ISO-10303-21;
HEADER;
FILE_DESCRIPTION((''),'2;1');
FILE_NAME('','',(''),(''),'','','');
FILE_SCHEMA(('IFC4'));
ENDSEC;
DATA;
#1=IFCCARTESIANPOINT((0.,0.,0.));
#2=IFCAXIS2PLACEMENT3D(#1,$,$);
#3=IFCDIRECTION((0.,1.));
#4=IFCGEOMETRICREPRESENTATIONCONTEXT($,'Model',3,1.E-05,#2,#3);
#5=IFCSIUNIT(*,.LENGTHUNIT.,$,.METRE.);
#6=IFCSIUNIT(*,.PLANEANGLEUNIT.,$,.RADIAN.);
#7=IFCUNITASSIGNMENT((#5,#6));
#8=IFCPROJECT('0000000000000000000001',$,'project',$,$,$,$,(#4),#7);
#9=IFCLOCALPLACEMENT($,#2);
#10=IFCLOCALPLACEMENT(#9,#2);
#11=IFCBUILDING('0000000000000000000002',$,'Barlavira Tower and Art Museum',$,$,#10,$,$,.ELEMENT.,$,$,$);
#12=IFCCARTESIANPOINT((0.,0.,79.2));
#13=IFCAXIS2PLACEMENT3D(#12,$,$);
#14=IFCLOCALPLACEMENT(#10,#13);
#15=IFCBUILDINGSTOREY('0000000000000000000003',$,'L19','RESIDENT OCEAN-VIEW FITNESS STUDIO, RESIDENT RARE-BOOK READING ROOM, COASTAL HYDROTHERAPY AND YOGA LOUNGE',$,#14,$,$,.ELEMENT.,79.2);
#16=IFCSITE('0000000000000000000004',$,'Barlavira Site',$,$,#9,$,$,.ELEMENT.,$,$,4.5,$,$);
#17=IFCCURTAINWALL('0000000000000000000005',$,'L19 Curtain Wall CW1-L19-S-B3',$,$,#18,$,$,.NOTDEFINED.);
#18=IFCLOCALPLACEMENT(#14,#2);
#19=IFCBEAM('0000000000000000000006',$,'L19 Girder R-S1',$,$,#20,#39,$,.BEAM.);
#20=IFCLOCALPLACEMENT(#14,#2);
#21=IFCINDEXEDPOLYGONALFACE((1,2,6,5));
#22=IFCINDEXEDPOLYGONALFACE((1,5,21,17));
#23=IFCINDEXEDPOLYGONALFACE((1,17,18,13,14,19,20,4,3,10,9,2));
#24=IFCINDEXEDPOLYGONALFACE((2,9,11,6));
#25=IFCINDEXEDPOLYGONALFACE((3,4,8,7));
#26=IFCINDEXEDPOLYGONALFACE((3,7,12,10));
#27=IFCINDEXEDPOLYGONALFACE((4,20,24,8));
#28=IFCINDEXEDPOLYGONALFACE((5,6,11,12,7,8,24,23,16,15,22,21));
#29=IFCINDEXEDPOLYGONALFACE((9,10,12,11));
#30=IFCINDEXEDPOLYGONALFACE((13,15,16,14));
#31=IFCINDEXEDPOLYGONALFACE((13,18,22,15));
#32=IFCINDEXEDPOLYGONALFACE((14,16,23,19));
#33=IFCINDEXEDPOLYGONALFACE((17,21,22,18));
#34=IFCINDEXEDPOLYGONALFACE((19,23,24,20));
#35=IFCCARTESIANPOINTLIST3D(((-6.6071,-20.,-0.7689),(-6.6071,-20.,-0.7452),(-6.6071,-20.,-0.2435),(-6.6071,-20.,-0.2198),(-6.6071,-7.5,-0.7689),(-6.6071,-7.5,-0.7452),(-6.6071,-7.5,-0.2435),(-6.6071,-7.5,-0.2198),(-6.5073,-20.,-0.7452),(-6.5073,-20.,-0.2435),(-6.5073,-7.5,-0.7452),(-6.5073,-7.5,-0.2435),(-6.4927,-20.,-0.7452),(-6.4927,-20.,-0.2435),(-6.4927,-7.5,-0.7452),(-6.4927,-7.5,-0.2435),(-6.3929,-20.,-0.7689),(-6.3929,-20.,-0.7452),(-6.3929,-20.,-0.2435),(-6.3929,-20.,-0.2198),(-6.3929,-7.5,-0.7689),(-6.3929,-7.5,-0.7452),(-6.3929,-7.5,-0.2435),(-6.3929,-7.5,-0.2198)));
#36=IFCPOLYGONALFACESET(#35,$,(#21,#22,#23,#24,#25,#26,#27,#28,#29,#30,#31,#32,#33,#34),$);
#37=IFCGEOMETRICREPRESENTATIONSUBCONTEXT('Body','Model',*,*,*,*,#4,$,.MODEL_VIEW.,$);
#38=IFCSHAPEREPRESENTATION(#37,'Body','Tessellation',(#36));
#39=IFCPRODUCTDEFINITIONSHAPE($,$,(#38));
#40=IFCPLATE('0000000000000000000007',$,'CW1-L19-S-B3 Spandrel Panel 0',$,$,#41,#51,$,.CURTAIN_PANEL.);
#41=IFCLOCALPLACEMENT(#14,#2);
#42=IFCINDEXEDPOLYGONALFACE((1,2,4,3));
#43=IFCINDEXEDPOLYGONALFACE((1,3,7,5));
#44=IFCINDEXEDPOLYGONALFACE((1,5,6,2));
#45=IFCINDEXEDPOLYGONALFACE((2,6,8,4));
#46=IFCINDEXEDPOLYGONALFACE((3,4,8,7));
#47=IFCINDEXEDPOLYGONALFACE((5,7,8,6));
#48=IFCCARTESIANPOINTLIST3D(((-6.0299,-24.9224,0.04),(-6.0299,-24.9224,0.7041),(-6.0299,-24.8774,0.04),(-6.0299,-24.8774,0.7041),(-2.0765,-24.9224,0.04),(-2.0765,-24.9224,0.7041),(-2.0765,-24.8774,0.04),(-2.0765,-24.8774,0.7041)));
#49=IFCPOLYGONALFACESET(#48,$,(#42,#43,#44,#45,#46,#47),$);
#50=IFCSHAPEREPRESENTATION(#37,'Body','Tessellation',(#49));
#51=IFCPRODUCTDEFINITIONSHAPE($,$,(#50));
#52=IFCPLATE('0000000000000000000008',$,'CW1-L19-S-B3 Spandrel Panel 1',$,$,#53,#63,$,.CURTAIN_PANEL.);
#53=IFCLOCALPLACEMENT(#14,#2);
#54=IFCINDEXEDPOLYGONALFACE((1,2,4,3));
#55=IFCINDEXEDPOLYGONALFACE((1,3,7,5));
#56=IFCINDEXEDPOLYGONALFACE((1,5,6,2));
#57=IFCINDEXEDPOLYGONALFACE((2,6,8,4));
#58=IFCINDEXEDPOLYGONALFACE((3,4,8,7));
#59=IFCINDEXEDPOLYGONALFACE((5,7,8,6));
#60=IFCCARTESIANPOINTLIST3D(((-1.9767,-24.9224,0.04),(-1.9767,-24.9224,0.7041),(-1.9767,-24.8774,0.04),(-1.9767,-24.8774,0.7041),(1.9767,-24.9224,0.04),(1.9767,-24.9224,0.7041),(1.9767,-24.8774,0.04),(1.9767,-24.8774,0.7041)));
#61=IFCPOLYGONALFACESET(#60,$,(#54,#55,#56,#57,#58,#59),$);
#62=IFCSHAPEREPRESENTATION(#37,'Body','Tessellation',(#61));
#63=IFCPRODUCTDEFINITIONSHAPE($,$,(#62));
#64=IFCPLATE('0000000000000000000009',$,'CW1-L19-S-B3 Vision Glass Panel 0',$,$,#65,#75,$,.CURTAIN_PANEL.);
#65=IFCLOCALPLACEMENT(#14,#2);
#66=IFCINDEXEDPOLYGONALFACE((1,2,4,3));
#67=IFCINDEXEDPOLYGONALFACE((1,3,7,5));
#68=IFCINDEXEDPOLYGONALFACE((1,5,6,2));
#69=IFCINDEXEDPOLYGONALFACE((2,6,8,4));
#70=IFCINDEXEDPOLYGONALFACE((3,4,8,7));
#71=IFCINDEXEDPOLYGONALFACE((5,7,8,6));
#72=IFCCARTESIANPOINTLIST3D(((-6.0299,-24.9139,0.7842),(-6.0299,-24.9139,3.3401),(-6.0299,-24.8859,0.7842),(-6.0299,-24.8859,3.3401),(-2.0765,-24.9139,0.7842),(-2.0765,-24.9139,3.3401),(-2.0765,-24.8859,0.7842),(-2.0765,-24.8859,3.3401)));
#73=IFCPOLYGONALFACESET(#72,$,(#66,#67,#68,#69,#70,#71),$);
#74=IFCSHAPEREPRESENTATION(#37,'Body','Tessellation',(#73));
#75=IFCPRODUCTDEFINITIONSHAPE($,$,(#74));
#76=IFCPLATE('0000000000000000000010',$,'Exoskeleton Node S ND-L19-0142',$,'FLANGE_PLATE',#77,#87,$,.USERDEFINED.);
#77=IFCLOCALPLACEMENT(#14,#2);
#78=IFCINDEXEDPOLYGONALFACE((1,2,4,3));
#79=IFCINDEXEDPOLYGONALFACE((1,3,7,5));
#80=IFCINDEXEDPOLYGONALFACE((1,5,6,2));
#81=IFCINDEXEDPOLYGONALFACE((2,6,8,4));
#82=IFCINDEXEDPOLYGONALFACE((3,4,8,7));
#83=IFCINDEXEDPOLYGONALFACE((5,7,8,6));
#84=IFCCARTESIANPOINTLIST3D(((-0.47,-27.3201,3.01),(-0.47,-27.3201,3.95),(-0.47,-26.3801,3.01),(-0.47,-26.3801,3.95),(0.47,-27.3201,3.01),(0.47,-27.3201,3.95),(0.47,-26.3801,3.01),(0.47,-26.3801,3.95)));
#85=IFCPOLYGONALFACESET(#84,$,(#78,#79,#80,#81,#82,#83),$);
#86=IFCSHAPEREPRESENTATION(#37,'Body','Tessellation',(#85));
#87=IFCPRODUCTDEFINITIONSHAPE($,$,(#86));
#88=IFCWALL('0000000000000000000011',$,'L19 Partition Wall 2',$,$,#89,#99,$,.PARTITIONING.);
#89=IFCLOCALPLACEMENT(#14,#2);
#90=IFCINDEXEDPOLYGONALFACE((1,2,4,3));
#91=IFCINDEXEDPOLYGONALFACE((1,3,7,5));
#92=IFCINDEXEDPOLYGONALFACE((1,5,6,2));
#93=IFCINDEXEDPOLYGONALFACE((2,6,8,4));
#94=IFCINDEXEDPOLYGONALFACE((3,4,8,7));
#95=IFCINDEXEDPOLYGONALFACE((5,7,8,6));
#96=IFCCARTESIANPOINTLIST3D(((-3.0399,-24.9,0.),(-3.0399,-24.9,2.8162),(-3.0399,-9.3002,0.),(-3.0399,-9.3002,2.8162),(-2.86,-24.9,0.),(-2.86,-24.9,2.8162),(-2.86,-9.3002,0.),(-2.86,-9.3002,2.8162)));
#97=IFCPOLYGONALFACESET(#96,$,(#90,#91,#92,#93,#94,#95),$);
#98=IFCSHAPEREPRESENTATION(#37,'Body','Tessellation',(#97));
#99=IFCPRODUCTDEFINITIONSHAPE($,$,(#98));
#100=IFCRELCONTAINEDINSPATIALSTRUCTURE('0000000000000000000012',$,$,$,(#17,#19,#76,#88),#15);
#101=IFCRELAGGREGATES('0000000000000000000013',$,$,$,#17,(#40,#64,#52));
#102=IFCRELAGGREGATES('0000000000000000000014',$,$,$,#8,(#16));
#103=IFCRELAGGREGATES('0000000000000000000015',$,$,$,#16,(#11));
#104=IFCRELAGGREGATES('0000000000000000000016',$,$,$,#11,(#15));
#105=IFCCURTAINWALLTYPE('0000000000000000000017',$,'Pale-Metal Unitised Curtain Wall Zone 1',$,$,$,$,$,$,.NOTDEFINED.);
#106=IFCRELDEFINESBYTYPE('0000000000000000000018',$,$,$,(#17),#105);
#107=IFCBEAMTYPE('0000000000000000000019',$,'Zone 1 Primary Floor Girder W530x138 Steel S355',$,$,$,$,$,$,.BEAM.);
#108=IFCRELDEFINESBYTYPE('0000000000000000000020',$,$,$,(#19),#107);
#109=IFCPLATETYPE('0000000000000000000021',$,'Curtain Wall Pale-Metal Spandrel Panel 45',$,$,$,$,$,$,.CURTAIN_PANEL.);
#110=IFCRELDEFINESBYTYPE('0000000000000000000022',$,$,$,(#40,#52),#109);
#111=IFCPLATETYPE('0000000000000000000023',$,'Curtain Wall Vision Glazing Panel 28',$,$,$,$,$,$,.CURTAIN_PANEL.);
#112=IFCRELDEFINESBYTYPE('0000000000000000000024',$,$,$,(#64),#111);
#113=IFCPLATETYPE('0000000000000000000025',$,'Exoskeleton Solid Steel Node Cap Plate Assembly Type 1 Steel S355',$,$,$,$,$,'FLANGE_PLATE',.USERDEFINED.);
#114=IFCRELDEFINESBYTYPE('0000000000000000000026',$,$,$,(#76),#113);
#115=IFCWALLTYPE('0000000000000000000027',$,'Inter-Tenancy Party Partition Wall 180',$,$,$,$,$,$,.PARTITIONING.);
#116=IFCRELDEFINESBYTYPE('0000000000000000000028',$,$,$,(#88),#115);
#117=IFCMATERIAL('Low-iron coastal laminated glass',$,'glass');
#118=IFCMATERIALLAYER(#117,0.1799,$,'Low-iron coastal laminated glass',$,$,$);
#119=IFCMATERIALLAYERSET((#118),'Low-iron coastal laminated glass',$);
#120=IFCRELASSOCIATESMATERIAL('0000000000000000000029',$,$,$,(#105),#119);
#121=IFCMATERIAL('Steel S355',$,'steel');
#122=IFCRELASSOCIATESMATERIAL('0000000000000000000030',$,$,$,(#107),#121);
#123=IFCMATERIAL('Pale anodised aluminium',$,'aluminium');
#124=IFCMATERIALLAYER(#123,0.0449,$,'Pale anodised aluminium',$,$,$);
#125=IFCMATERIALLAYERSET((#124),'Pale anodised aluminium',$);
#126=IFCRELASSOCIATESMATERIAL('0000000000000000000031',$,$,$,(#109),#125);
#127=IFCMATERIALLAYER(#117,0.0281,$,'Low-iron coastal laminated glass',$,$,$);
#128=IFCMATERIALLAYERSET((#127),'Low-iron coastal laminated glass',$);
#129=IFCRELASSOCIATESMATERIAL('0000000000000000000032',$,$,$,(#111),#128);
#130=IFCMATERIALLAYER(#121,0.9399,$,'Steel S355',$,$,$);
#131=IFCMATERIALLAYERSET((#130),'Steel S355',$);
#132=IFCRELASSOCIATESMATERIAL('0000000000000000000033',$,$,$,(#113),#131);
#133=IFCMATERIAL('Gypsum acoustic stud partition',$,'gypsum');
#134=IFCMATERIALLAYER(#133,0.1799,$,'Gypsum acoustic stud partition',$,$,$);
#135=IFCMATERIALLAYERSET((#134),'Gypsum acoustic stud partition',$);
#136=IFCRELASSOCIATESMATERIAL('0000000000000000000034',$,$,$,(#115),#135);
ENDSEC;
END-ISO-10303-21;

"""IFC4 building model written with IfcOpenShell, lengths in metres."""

from ifc_helpers import new_model, si_unit, direction, frame, frame_2d, origin, origin_2d, place, context, subcontext, project, spatial, rectangle, i_section, extrude, material, layer, layer_set, material_profile, profile_set, type_object, element, aggregate, save


model = new_model("IFC4")

# Units and contexts
model_context = context("Model", 3, precision=1e-05, world=origin(), true_north=direction((0.0, 1.0)))
body_context = subcontext(model_context, "Body", "Model", "MODEL_VIEW")
ifc_project = project(units=[si_unit("LENGTHUNIT", "METRE"), si_unit("PLANEANGLEUNIT", "RADIAN")], contexts=[model_context])

# Site, building, storey
site_placement = place(None, origin())
site = spatial("IfcSite", under=ifc_project, at=site_placement, Name="Barlavira Site", CompositionType="ELEMENT", RefElevation=4.5)
building_placement = place(site_placement, origin())
building = spatial("IfcBuilding", under=site, at=building_placement, Name="Barlavira Tower and Art Museum", CompositionType="ELEMENT")
storey_placement = place(building_placement, frame((0.0, 0.0, 79.2)))
storey = spatial("IfcBuildingStorey", under=building, at=storey_placement, Name="L19", Description="RESIDENT OCEAN-VIEW FITNESS STUDIO, RESIDENT RARE-BOOK READING ROOM, COASTAL HYDROTHERAPY AND YOGA LOUNGE", CompositionType="ELEMENT", Elevation=79.2)

# Curtain wall
ifc_material_1 = material(Name="Low-iron coastal laminated glass", Category="glass")
ifc_layer_1 = layer(ifc_material_1, 0.1799, Name="Low-iron coastal laminated glass")
ifc_layer_set_1 = layer_set([ifc_layer_1], Name="Low-iron coastal laminated glass")
curtain_wall_type = type_object("IfcCurtainWallType", Name="Pale-Metal Unitised Curtain Wall Zone 1", PredefinedType="NOTDEFINED", material=ifc_layer_set_1)
curtain_wall_placement = place(storey_placement, origin())
curtain_wall = element("IfcCurtainWall", 1, at=curtain_wall_placement, inside=storey, type_object=curtain_wall_type, Name="L19 Curtain Wall CW1-L19-S-B3", PredefinedType="NOTDEFINED")
ifc_material_2 = material(Name="Pale anodised aluminium", Category="aluminium")

# Shared definitions
ifc_material_3 = material(Name="Steel S355", Category="steel")

# Beam
ifc_material_profile_1 = material_profile(ifc_material_3, i_section(OverallWidth=0.2141, OverallDepth=0.5491, WebThickness=0.0146, FlangeThickness=0.0237, at=origin_2d()), Name="W530x138.0")
ifc_profile_set_1 = profile_set([ifc_material_profile_1], Name="Steel S355")
beam_type_1 = type_object("IfcBeamType", Name="Zone 1 Primary Floor Girder W530x138 Steel S355", PredefinedType="BEAM", material=ifc_profile_set_1)
beam_1_placement = place(storey_placement, frame((-6.5, -20.0, -0.4944), z_axis=(0.0, 1.0, 0.0), x_axis=(-1.0, 0.0, 0.0)))
element("IfcBeam", 2, at=beam_1_placement, inside=storey, type_object=beam_type_1, Name="L19 Girder R-S1", PredefinedType="BEAM", context=body_context, shape_type="SweptSolid", body=[
    extrude(i_section(OverallWidth=0.2141, OverallDepth=0.5491, WebThickness=0.0146, FlangeThickness=0.0237, at=origin_2d()), origin(), (0.0, 0.0, 1.0), 12.5),
])

# Plates
ifc_layer_2 = layer(ifc_material_2, 0.0449, Name="Pale anodised aluminium")
ifc_layer_set_2 = layer_set([ifc_layer_2], Name="Pale anodised aluminium")
plate_type_1 = type_object("IfcPlateType", Name="Curtain Wall Pale-Metal Spandrel Panel 45", PredefinedType="CURTAIN_PANEL", material=ifc_layer_set_2)
plate_1_placement = place(storey_placement, frame((-4.0532, -24.8999, 0.04), z_axis=(0.0, 0.0, 1.0), x_axis=(1.0, 0.0, 0.0)))
plate_1 = element("IfcPlate", 3, at=plate_1_placement, type_object=plate_type_1, Name="CW1-L19-S-B3 Spandrel Panel 0", PredefinedType="CURTAIN_PANEL", context=body_context, shape_type="SweptSolid", body=[
    extrude(rectangle(XDim=3.9534, YDim=0.0449, at=origin_2d()), origin(), (0.0, 0.0, 1.0), 0.6641),
])
plate_2_placement = place(storey_placement, frame((0.0, -24.8999, 0.04), z_axis=(0.0, 0.0, 1.0), x_axis=(1.0, 0.0, 0.0)))
plate_2 = element("IfcPlate", 4, at=plate_2_placement, type_object=plate_type_1, Name="CW1-L19-S-B3 Spandrel Panel 1", PredefinedType="CURTAIN_PANEL", context=body_context, shape_type="SweptSolid", body=[
    extrude(rectangle(XDim=3.9534, YDim=0.0449, at=origin_2d()), origin(), (0.0, 0.0, 1.0), 0.6641),
])
ifc_layer_3 = layer(ifc_material_1, 0.0281, Name="Low-iron coastal laminated glass")
ifc_layer_set_3 = layer_set([ifc_layer_3], Name="Low-iron coastal laminated glass")
plate_type_2 = type_object("IfcPlateType", Name="Curtain Wall Vision Glazing Panel 28", PredefinedType="CURTAIN_PANEL", material=ifc_layer_set_3)
plate_3_placement = place(storey_placement, frame((-4.0532, -24.8999, 0.7842), z_axis=(0.0, 0.0, 1.0), x_axis=(1.0, 0.0, 0.0)))
plate_3 = element("IfcPlate", 5, at=plate_3_placement, type_object=plate_type_2, Name="CW1-L19-S-B3 Vision Glass Panel 0", PredefinedType="CURTAIN_PANEL", context=body_context, shape_type="SweptSolid", body=[
    extrude(rectangle(XDim=3.9534, YDim=0.0281, at=origin_2d()), origin(), (0.0, 0.0, 1.0), 2.5559),
])
aggregate(curtain_wall, [plate_1, plate_3, plate_2])
ifc_layer_4 = layer(ifc_material_3, 0.9399, Name="Steel S355")
ifc_layer_set_4 = layer_set([ifc_layer_4], Name="Steel S355")
plate_type_3 = type_object("IfcPlateType", Name="Exoskeleton Solid Steel Node Cap Plate Assembly Type 1 Steel S355", ElementType="FLANGE_PLATE", PredefinedType="USERDEFINED", material=ifc_layer_set_4)
plate_4_placement = place(storey_placement, frame((0.0, -26.8501, 3.01), z_axis=(0.0, 0.0, 1.0), x_axis=(1.0, 0.0, 0.0)))
element("IfcPlate", 6, at=plate_4_placement, inside=storey, type_object=plate_type_3, Name="Exoskeleton Node S ND-L19-0142", ObjectType="FLANGE_PLATE", PredefinedType="USERDEFINED", context=body_context, shape_type="SweptSolid", body=[
    extrude(rectangle(XDim=0.9399, YDim=0.9399, at=origin_2d()), origin(), (0.0, 0.0, 1.0), 0.9399),
])

# Wall
ifc_material_4 = material(Name="Gypsum acoustic stud partition", Category="gypsum")
ifc_layer_5 = layer(ifc_material_4, 0.1799, Name="Gypsum acoustic stud partition")
ifc_layer_set_5 = layer_set([ifc_layer_5], Name="Gypsum acoustic stud partition")
wall_type = type_object("IfcWallType", Name="Inter-Tenancy Party Partition Wall 180", PredefinedType="PARTITIONING", material=ifc_layer_set_5)
wall_placement = place(storey_placement, frame((-2.95, -24.8999, 0.0), z_axis=(0.0, 0.0, 1.0), x_axis=(0.0, 1.0, 0.0)))
element("IfcWall", 7, at=wall_placement, inside=storey, type_object=wall_type, Name="L19 Partition Wall 2", PredefinedType="PARTITIONING", context=body_context, shape_type="SweptSolid", body=[
    extrude(rectangle(XDim=15.5999, YDim=0.1799, at=frame_2d((7.7998, 0.0))), origin(), (0.0, 0.0, 1.0), 2.8162),
])

save(model, "model.ifc")
